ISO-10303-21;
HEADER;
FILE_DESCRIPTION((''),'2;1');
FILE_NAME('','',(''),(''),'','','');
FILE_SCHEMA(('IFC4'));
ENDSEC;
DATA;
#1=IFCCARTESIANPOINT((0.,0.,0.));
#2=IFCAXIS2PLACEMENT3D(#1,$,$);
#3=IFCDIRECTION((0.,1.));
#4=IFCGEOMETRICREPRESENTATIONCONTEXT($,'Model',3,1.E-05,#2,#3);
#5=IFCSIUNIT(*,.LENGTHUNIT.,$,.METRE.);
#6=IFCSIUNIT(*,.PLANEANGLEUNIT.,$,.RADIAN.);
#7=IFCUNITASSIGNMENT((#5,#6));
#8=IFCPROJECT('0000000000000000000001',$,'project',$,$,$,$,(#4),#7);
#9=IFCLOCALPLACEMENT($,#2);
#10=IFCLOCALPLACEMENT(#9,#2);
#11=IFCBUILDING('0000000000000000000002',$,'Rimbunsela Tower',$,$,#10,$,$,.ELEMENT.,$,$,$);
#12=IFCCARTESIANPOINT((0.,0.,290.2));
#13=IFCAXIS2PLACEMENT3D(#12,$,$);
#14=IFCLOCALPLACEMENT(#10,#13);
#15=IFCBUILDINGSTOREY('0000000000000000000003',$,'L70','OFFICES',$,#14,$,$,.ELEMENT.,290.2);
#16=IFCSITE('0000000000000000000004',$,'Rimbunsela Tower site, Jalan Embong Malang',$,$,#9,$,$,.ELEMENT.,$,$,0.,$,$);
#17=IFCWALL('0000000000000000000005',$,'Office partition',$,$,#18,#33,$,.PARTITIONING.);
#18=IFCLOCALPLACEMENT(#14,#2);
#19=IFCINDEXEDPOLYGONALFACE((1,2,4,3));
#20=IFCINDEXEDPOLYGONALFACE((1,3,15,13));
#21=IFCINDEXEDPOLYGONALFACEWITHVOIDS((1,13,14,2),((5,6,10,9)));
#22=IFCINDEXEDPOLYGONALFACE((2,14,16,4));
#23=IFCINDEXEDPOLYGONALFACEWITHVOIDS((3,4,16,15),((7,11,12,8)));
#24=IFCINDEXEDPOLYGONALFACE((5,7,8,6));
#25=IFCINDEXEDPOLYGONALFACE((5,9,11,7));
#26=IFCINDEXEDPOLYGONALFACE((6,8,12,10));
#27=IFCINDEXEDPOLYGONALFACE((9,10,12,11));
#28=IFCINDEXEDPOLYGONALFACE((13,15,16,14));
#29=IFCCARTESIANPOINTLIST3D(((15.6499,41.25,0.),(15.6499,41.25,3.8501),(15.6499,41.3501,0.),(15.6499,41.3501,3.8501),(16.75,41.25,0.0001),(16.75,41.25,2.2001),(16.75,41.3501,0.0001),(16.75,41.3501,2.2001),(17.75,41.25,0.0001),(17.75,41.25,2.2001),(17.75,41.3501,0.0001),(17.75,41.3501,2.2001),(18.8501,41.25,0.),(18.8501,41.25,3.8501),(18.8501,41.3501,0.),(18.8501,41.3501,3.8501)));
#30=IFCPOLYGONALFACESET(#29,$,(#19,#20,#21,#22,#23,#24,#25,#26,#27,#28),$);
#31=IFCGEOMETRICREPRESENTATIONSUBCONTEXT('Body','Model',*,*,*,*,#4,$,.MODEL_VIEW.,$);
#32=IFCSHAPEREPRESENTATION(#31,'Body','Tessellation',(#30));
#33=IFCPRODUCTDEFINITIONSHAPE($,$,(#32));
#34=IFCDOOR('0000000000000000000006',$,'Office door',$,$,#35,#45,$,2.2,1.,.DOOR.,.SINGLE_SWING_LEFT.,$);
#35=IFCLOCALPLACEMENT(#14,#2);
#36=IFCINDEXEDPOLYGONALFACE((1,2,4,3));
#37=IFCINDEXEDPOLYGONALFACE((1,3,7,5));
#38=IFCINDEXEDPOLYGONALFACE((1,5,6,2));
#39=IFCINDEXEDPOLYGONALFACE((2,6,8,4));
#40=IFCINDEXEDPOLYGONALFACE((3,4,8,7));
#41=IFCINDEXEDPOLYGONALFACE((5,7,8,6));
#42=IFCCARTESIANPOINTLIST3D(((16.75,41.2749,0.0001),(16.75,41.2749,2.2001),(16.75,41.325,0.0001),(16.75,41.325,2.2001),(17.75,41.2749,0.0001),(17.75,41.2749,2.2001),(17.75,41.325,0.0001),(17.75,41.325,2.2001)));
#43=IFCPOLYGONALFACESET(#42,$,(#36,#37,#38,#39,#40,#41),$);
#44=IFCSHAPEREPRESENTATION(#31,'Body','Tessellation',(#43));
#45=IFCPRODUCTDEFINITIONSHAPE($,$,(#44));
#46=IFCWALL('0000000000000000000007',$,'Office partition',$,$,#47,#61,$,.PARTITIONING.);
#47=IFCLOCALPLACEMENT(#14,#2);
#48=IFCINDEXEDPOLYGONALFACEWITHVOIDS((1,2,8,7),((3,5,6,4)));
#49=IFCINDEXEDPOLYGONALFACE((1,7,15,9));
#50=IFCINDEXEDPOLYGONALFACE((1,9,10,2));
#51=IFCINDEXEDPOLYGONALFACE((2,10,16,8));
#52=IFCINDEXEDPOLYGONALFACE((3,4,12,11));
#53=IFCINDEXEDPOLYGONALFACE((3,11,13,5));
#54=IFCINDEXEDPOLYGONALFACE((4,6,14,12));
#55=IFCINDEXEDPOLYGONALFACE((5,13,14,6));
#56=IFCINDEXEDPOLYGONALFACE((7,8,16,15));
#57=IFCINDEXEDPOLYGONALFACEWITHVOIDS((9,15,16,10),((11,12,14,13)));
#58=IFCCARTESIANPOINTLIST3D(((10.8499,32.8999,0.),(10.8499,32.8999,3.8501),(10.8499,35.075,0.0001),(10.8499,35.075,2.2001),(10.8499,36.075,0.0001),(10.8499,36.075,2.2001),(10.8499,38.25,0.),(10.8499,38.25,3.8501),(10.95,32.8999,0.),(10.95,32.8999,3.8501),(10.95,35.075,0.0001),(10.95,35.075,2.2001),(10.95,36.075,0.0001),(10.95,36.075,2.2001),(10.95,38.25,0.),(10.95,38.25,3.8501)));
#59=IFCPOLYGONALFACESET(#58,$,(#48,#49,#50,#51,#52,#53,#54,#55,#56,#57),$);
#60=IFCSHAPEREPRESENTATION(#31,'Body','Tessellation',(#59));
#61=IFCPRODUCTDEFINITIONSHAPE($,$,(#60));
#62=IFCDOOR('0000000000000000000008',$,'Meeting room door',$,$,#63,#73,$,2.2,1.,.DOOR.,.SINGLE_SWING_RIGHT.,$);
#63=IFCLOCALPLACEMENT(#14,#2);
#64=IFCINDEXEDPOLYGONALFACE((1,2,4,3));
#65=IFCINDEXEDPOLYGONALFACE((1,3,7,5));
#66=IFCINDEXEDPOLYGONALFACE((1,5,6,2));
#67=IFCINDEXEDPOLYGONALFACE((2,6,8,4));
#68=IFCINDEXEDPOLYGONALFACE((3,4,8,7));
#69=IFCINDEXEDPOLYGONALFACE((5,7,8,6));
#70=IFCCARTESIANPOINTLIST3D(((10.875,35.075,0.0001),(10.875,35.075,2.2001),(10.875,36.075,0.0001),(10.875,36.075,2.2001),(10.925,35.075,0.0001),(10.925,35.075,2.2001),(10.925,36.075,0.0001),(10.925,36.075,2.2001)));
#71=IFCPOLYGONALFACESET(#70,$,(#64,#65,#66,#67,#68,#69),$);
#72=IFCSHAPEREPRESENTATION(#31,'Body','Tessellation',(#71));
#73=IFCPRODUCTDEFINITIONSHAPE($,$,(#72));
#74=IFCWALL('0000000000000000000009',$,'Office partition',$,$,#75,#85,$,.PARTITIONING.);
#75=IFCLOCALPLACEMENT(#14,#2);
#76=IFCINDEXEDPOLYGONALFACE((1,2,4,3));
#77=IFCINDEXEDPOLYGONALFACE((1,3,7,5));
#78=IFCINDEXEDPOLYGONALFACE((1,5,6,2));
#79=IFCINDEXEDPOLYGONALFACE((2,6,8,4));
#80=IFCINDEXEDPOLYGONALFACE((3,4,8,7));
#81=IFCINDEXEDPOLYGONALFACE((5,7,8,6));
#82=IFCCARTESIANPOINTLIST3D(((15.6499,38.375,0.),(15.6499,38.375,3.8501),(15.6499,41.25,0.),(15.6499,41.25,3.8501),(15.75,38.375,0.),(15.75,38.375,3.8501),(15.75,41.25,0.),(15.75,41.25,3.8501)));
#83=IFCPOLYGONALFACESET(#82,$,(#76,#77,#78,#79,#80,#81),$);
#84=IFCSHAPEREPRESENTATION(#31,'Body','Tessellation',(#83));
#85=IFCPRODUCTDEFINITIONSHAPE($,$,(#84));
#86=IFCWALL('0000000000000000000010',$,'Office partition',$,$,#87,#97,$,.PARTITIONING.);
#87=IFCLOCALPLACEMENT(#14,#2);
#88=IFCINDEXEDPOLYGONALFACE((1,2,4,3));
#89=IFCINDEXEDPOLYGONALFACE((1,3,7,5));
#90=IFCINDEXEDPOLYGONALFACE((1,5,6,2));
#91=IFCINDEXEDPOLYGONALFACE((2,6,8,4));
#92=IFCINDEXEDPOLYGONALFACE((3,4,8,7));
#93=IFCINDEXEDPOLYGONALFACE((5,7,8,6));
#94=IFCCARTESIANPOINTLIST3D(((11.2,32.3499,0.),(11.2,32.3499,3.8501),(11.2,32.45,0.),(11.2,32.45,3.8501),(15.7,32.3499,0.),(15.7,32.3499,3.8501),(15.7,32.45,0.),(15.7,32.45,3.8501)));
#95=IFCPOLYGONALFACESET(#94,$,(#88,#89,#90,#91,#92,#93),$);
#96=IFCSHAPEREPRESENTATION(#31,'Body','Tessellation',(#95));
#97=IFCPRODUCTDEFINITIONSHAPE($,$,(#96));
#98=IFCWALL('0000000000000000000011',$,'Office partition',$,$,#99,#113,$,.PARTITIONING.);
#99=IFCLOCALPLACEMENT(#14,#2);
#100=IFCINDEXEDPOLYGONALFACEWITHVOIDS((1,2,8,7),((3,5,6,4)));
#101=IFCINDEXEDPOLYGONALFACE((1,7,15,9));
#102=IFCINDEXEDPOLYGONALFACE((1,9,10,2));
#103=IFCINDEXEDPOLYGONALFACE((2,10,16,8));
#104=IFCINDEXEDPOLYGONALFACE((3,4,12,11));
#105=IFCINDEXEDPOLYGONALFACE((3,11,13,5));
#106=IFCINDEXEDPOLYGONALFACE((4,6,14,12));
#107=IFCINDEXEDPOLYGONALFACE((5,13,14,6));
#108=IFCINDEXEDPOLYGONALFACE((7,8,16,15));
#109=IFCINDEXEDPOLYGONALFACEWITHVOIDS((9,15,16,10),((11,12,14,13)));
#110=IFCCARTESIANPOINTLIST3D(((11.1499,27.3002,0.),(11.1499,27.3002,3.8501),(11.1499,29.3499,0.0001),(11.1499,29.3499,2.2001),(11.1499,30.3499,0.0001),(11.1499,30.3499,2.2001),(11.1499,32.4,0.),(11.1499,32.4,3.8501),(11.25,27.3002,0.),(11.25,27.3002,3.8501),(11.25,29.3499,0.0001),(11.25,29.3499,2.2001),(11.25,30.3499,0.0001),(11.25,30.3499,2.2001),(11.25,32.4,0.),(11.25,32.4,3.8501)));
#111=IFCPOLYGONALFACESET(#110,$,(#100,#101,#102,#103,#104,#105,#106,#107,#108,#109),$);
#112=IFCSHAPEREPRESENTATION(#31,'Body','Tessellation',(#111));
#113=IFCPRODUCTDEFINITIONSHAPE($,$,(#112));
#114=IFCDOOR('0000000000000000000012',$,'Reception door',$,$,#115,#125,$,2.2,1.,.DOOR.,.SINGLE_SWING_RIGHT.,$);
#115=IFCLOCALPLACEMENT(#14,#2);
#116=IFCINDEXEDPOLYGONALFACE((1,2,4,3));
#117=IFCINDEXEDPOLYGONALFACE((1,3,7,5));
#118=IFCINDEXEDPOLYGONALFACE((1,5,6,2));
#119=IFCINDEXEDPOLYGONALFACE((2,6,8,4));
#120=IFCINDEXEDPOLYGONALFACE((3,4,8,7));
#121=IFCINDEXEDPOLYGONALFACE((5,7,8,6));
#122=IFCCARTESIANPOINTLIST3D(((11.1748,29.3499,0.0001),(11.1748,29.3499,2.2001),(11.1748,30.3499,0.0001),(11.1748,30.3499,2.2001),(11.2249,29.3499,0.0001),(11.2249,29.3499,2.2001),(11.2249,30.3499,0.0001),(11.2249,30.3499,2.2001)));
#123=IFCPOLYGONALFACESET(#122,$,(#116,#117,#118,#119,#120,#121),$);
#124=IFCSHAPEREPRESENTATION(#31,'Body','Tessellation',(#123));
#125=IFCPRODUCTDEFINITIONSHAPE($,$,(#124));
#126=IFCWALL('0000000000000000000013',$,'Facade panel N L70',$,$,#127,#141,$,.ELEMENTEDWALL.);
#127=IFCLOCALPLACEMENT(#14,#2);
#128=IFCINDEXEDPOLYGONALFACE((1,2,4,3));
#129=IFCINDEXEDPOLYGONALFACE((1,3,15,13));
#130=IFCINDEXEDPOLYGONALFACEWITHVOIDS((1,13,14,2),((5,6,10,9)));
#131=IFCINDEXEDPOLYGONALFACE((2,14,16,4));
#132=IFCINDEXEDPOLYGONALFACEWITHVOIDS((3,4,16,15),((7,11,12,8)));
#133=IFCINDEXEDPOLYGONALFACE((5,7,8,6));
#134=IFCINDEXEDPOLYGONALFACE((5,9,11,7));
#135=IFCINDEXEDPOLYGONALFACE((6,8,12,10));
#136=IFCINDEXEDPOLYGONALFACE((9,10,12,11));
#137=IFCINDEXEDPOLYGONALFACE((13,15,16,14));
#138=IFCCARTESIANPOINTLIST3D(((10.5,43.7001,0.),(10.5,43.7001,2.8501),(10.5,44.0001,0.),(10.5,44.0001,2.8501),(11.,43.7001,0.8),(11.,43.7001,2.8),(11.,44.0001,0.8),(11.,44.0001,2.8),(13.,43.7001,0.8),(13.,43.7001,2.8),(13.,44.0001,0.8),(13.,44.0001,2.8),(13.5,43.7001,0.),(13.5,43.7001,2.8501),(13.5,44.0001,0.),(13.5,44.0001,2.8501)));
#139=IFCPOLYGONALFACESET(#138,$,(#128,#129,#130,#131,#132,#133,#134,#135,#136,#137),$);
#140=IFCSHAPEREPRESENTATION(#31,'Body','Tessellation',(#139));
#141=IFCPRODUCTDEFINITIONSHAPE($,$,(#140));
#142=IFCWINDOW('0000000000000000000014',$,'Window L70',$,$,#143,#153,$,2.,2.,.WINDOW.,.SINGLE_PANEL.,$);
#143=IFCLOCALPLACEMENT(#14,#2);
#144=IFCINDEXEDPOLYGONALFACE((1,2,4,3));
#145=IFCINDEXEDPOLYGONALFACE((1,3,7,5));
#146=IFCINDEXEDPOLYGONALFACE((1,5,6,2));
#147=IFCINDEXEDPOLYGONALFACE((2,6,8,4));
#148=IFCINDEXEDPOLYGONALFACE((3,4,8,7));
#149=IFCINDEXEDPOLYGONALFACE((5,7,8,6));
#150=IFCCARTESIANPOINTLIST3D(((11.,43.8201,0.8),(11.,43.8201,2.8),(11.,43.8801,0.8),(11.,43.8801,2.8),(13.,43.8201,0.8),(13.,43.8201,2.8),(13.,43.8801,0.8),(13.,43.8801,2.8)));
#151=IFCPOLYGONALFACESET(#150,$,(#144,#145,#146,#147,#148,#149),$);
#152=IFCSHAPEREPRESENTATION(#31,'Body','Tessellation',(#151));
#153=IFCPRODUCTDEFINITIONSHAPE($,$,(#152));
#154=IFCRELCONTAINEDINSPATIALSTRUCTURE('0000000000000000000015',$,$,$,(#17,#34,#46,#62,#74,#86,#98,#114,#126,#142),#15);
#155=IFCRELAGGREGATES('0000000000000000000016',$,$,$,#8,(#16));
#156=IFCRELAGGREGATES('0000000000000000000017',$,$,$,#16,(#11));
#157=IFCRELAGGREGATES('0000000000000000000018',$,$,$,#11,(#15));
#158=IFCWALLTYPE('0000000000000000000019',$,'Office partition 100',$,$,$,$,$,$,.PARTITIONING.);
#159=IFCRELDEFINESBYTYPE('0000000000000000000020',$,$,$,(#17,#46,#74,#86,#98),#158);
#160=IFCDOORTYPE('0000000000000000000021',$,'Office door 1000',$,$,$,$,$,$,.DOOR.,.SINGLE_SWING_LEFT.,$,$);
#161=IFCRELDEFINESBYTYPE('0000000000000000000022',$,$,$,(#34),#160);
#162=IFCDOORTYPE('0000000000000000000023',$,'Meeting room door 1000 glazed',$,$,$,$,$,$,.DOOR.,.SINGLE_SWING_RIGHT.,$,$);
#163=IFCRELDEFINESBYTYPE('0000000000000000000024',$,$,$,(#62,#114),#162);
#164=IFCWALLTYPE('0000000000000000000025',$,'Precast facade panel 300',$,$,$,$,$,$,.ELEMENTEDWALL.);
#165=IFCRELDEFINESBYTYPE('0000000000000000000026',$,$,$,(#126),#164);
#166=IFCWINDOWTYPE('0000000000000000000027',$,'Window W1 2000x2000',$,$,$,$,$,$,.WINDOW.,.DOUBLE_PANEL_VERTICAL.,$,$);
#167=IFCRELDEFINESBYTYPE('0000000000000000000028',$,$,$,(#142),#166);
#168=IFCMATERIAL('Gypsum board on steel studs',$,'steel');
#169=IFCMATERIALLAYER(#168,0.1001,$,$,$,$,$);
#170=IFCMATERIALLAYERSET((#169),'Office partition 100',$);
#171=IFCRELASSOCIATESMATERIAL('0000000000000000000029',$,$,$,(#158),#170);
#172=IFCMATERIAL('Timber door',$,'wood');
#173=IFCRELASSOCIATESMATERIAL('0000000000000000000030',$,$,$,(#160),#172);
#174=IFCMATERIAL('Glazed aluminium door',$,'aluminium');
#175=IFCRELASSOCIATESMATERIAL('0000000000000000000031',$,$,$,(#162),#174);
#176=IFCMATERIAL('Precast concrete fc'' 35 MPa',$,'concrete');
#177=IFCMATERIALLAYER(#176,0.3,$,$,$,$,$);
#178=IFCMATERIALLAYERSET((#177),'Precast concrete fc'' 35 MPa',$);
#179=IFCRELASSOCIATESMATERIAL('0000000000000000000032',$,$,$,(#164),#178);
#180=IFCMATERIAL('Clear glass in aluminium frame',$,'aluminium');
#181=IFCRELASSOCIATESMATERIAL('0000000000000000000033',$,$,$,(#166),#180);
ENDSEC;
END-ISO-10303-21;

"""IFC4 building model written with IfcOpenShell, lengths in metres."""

from ifc_helpers import new_model, si_unit, direction, frame, frame_2d, origin, place, context, subcontext, project, spatial, rectangle, extrude, material, layer, layer_set, type_object, element, fill, save


model = new_model("IFC4")

# Units and contexts
model_context = context("Model", 3, precision=1e-05, world=origin(), true_north=direction((0.0, 1.0)))
body_context = subcontext(model_context, "Body", "Model", "MODEL_VIEW")
ifc_project = project(units=[si_unit("LENGTHUNIT", "METRE"), si_unit("PLANEANGLEUNIT", "RADIAN")], contexts=[model_context])

# Site, building, storey
site_placement = place(None, origin())
site = spatial("IfcSite", under=ifc_project, at=site_placement, Name="Rimbunsela Tower site, Jalan Embong Malang", CompositionType="ELEMENT", RefElevation=0.0)
building_placement = place(site_placement, origin())
building = spatial("IfcBuilding", under=site, at=building_placement, Name="Rimbunsela Tower", CompositionType="ELEMENT")
storey_placement = place(building_placement, frame((0.0, 0.0, 290.2)))
storey = spatial("IfcBuildingStorey", under=building, at=storey_placement, Name="L70", Description="OFFICES", CompositionType="ELEMENT", Elevation=290.2)

# Shared definitions
ifc_material_1 = material(Name="Gypsum board on steel studs", Category="steel")
ifc_layer_1 = layer(ifc_material_1, 0.1001)
ifc_layer_set_1 = layer_set([ifc_layer_1], Name="Office partition 100")
wall_type_1 = type_object("IfcWallType", Name="Office partition 100", PredefinedType="PARTITIONING", material=ifc_layer_set_1)

# Walls, openings, doors
wall_1_placement = place(storey_placement, frame((15.6499, 41.3, 0.0), z_axis=(0.0, 0.0, 1.0), x_axis=(1.0, 0.0, 0.0)))
wall_1 = element("IfcWall", 1, at=wall_1_placement, inside=storey, type_object=wall_type_1, Name="Office partition", PredefinedType="PARTITIONING", context=body_context, shape_type="SweptSolid", body=[
    extrude(rectangle(XDim=3.2002, YDim=0.1001, at=frame_2d((1.6001, 0.0))), origin(), (0.0, 0.0, 1.0), 3.8501),
])
opening_1_placement = place(wall_1_placement, frame((1.1001, 0.0, 0.0)))
opening_1 = element("IfcOpeningElement", 2, at=opening_1_placement, cuts=wall_1, PredefinedType="OPENING", context=body_context, shape_type="SweptSolid", body=[
    extrude(rectangle(XDim=1.0, YDim=2.2, at=frame_2d((0.5, 1.1001))), frame((0.0, 0.0601, 0.0), z_axis=(0.0, -1.0, 0.0), x_axis=(1.0, 0.0, 0.0)), (0.0, 0.0, 1.0), 0.1201),
])
ifc_material_2 = material(Name="Timber door", Category="wood")
door_type_1 = type_object("IfcDoorType", Name="Office door 1000", OperationType="SINGLE_SWING_LEFT", PredefinedType="DOOR", material=ifc_material_2)
door_1_placement = place(opening_1_placement, origin())
door_1 = element("IfcDoor", 3, at=door_1_placement, inside=storey, type_object=door_type_1, Name="Office door", OperationType="SINGLE_SWING_LEFT", OverallHeight=2.2, OverallWidth=1.0, PredefinedType="DOOR", context=body_context, shape_type="SweptSolid", body=[
    extrude(rectangle(XDim=1.0, YDim=2.2, at=frame_2d((0.5, 1.1001))), frame((0.0, 0.0249, 0.0), z_axis=(0.0, -1.0, 0.0), x_axis=(1.0, 0.0, 0.0)), (0.0, 0.0, 1.0), 0.05),
])
fill(opening_1, door_1)
wall_2_placement = place(storey_placement, frame((10.8999, 32.8999, 0.0), z_axis=(0.0, 0.0, 1.0), x_axis=(0.0, 1.0, 0.0)))
wall_2 = element("IfcWall", 4, at=wall_2_placement, inside=storey, type_object=wall_type_1, Name="Office partition", PredefinedType="PARTITIONING", context=body_context, shape_type="SweptSolid", body=[
    extrude(rectangle(XDim=5.3501, YDim=0.1001, at=frame_2d((2.675, 0.0))), origin(), (0.0, 0.0, 1.0), 3.8501),
])
opening_2_placement = place(wall_2_placement, frame((2.175, 0.0, 0.0)))
opening_2 = element("IfcOpeningElement", 5, at=opening_2_placement, cuts=wall_2, PredefinedType="OPENING", context=body_context, shape_type="SweptSolid", body=[
    extrude(rectangle(XDim=1.0, YDim=2.2, at=frame_2d((0.5, 1.1001))), frame((0.0, 0.0601, 0.0), z_axis=(0.0, -1.0, 0.0), x_axis=(1.0, 0.0, 0.0)), (0.0, 0.0, 1.0), 0.1201),
])
ifc_material_3 = material(Name="Glazed aluminium door", Category="aluminium")
door_type_2 = type_object("IfcDoorType", Name="Meeting room door 1000 glazed", OperationType="SINGLE_SWING_RIGHT", PredefinedType="DOOR", material=ifc_material_3)
door_2_placement = place(opening_2_placement, origin())
door_2 = element("IfcDoor", 6, at=door_2_placement, inside=storey, type_object=door_type_2, Name="Meeting room door", OperationType="SINGLE_SWING_RIGHT", OverallHeight=2.2, OverallWidth=1.0, PredefinedType="DOOR", context=body_context, shape_type="SweptSolid", body=[
    extrude(rectangle(XDim=1.0, YDim=2.2, at=frame_2d((0.5, 1.1001))), frame((0.0, 0.0249, 0.0), z_axis=(0.0, -1.0, 0.0), x_axis=(1.0, 0.0, 0.0)), (0.0, 0.0, 1.0), 0.05),
])
fill(opening_2, door_2)

# Walls
wall_3_placement = place(storey_placement, frame((15.7, 38.375, 0.0), z_axis=(0.0, 0.0, 1.0), x_axis=(0.0, 1.0, 0.0)))
element("IfcWall", 7, at=wall_3_placement, inside=storey, type_object=wall_type_1, Name="Office partition", PredefinedType="PARTITIONING", context=body_context, shape_type="SweptSolid", body=[
    extrude(rectangle(XDim=2.875, YDim=0.1001, at=frame_2d((1.4375, 0.0))), origin(), (0.0, 0.0, 1.0), 3.8501),
])
wall_4_placement = place(storey_placement, frame((15.7, 32.3999, 0.0), z_axis=(0.0, 0.0, 1.0), x_axis=(-1.0, 0.0, 0.0)))
element("IfcWall", 8, at=wall_4_placement, inside=storey, type_object=wall_type_1, Name="Office partition", PredefinedType="PARTITIONING", context=body_context, shape_type="SweptSolid", body=[
    extrude(rectangle(XDim=4.5, YDim=0.1001, at=frame_2d((2.25, 0.0))), origin(), (0.0, 0.0, 1.0), 3.8501),
])

# Wall, opening, door
wall_5_placement = place(storey_placement, frame((11.2, 32.3999, 0.0), z_axis=(0.0, 0.0, 1.0), x_axis=(0.0, -1.0, 0.0)))
wall_5 = element("IfcWall", 9, at=wall_5_placement, inside=storey, type_object=wall_type_1, Name="Office partition", PredefinedType="PARTITIONING", context=body_context, shape_type="SweptSolid", body=[
    extrude(rectangle(XDim=5.0999, YDim=0.1001, at=frame_2d((2.5498, 0.0))), origin(), (0.0, 0.0, 1.0), 3.8501),
])
opening_3_placement = place(wall_5_placement, frame((2.05, 0.0, 0.0)))
opening_3 = element("IfcOpeningElement", 10, at=opening_3_placement, cuts=wall_5, PredefinedType="OPENING", context=body_context, shape_type="SweptSolid", body=[
    extrude(rectangle(XDim=1.0, YDim=2.2, at=frame_2d((0.5, 1.1001))), frame((0.0, 0.0601, 0.0), z_axis=(0.0, -1.0, 0.0), x_axis=(1.0, 0.0, 0.0)), (0.0, 0.0, 1.0), 0.1201),
])
door_3_placement = place(opening_3_placement, origin())
door_3 = element("IfcDoor", 11, at=door_3_placement, inside=storey, type_object=door_type_2, Name="Reception door", OperationType="SINGLE_SWING_RIGHT", OverallHeight=2.2, OverallWidth=1.0, PredefinedType="DOOR", context=body_context, shape_type="SweptSolid", body=[
    extrude(rectangle(XDim=1.0, YDim=2.2, at=frame_2d((0.5, 1.1001))), frame((0.0, 0.0249, 0.0), z_axis=(0.0, -1.0, 0.0), x_axis=(1.0, 0.0, 0.0)), (0.0, 0.0, 1.0), 0.05),
])
fill(opening_3, door_3)

# Wall, opening, window
ifc_material_4 = material(Name="Precast concrete fc' 35 MPa", Category="concrete")
ifc_layer_2 = layer(ifc_material_4, 0.3)
ifc_layer_set_2 = layer_set([ifc_layer_2], Name="Precast concrete fc' 35 MPa")
wall_type_2 = type_object("IfcWallType", Name="Precast facade panel 300", PredefinedType="ELEMENTEDWALL", material=ifc_layer_set_2)
wall_6_placement = place(storey_placement, frame((13.5, 43.8501, 0.0), z_axis=(0.0, 0.0, 1.0), x_axis=(-1.0, 0.0, 0.0)))
wall_6 = element("IfcWall", 12, at=wall_6_placement, inside=storey, type_object=wall_type_2, Name="Facade panel N L70", PredefinedType="ELEMENTEDWALL", context=body_context, shape_type="SweptSolid", body=[
    extrude(rectangle(XDim=3.0, YDim=0.3, at=frame_2d((1.5, 0.0))), origin(), (0.0, 0.0, 1.0), 2.8501),
])
opening_4_placement = place(wall_6_placement, frame((0.5, 0.0, 0.8)))
opening_4 = element("IfcOpeningElement", 13, at=opening_4_placement, cuts=wall_6, PredefinedType="OPENING", context=body_context, shape_type="SweptSolid", body=[
    extrude(rectangle(XDim=2.0, YDim=2.0, at=frame_2d((1.0, 1.0))), frame((0.0, 0.1599, 0.0), z_axis=(0.0, -1.0, 0.0), x_axis=(1.0, 0.0, 0.0)), (0.0, 0.0, 1.0), 0.3201),
])
ifc_material_5 = material(Name="Clear glass in aluminium frame", Category="aluminium")
window_type = type_object("IfcWindowType", Name="Window W1 2000x2000", PartitioningType="DOUBLE_PANEL_VERTICAL", PredefinedType="WINDOW", material=ifc_material_5)
window_1_placement = place(opening_4_placement, origin())
window_1 = element("IfcWindow", 14, at=window_1_placement, inside=storey, type_object=window_type, Name="Window L70", OverallHeight=2.0, OverallWidth=2.0, PartitioningType="SINGLE_PANEL", PredefinedType="WINDOW", context=body_context, shape_type="SweptSolid", body=[
    extrude(rectangle(XDim=2.0, YDim=2.0, at=frame_2d((1.0, 1.0))), frame((0.0, 0.03, 0.0), z_axis=(0.0, -1.0, 0.0), x_axis=(1.0, 0.0, 0.0)), (0.0, 0.0, 1.0), 0.0601),
])
fill(opening_4, window_1)

save(model, "model.ifc")
